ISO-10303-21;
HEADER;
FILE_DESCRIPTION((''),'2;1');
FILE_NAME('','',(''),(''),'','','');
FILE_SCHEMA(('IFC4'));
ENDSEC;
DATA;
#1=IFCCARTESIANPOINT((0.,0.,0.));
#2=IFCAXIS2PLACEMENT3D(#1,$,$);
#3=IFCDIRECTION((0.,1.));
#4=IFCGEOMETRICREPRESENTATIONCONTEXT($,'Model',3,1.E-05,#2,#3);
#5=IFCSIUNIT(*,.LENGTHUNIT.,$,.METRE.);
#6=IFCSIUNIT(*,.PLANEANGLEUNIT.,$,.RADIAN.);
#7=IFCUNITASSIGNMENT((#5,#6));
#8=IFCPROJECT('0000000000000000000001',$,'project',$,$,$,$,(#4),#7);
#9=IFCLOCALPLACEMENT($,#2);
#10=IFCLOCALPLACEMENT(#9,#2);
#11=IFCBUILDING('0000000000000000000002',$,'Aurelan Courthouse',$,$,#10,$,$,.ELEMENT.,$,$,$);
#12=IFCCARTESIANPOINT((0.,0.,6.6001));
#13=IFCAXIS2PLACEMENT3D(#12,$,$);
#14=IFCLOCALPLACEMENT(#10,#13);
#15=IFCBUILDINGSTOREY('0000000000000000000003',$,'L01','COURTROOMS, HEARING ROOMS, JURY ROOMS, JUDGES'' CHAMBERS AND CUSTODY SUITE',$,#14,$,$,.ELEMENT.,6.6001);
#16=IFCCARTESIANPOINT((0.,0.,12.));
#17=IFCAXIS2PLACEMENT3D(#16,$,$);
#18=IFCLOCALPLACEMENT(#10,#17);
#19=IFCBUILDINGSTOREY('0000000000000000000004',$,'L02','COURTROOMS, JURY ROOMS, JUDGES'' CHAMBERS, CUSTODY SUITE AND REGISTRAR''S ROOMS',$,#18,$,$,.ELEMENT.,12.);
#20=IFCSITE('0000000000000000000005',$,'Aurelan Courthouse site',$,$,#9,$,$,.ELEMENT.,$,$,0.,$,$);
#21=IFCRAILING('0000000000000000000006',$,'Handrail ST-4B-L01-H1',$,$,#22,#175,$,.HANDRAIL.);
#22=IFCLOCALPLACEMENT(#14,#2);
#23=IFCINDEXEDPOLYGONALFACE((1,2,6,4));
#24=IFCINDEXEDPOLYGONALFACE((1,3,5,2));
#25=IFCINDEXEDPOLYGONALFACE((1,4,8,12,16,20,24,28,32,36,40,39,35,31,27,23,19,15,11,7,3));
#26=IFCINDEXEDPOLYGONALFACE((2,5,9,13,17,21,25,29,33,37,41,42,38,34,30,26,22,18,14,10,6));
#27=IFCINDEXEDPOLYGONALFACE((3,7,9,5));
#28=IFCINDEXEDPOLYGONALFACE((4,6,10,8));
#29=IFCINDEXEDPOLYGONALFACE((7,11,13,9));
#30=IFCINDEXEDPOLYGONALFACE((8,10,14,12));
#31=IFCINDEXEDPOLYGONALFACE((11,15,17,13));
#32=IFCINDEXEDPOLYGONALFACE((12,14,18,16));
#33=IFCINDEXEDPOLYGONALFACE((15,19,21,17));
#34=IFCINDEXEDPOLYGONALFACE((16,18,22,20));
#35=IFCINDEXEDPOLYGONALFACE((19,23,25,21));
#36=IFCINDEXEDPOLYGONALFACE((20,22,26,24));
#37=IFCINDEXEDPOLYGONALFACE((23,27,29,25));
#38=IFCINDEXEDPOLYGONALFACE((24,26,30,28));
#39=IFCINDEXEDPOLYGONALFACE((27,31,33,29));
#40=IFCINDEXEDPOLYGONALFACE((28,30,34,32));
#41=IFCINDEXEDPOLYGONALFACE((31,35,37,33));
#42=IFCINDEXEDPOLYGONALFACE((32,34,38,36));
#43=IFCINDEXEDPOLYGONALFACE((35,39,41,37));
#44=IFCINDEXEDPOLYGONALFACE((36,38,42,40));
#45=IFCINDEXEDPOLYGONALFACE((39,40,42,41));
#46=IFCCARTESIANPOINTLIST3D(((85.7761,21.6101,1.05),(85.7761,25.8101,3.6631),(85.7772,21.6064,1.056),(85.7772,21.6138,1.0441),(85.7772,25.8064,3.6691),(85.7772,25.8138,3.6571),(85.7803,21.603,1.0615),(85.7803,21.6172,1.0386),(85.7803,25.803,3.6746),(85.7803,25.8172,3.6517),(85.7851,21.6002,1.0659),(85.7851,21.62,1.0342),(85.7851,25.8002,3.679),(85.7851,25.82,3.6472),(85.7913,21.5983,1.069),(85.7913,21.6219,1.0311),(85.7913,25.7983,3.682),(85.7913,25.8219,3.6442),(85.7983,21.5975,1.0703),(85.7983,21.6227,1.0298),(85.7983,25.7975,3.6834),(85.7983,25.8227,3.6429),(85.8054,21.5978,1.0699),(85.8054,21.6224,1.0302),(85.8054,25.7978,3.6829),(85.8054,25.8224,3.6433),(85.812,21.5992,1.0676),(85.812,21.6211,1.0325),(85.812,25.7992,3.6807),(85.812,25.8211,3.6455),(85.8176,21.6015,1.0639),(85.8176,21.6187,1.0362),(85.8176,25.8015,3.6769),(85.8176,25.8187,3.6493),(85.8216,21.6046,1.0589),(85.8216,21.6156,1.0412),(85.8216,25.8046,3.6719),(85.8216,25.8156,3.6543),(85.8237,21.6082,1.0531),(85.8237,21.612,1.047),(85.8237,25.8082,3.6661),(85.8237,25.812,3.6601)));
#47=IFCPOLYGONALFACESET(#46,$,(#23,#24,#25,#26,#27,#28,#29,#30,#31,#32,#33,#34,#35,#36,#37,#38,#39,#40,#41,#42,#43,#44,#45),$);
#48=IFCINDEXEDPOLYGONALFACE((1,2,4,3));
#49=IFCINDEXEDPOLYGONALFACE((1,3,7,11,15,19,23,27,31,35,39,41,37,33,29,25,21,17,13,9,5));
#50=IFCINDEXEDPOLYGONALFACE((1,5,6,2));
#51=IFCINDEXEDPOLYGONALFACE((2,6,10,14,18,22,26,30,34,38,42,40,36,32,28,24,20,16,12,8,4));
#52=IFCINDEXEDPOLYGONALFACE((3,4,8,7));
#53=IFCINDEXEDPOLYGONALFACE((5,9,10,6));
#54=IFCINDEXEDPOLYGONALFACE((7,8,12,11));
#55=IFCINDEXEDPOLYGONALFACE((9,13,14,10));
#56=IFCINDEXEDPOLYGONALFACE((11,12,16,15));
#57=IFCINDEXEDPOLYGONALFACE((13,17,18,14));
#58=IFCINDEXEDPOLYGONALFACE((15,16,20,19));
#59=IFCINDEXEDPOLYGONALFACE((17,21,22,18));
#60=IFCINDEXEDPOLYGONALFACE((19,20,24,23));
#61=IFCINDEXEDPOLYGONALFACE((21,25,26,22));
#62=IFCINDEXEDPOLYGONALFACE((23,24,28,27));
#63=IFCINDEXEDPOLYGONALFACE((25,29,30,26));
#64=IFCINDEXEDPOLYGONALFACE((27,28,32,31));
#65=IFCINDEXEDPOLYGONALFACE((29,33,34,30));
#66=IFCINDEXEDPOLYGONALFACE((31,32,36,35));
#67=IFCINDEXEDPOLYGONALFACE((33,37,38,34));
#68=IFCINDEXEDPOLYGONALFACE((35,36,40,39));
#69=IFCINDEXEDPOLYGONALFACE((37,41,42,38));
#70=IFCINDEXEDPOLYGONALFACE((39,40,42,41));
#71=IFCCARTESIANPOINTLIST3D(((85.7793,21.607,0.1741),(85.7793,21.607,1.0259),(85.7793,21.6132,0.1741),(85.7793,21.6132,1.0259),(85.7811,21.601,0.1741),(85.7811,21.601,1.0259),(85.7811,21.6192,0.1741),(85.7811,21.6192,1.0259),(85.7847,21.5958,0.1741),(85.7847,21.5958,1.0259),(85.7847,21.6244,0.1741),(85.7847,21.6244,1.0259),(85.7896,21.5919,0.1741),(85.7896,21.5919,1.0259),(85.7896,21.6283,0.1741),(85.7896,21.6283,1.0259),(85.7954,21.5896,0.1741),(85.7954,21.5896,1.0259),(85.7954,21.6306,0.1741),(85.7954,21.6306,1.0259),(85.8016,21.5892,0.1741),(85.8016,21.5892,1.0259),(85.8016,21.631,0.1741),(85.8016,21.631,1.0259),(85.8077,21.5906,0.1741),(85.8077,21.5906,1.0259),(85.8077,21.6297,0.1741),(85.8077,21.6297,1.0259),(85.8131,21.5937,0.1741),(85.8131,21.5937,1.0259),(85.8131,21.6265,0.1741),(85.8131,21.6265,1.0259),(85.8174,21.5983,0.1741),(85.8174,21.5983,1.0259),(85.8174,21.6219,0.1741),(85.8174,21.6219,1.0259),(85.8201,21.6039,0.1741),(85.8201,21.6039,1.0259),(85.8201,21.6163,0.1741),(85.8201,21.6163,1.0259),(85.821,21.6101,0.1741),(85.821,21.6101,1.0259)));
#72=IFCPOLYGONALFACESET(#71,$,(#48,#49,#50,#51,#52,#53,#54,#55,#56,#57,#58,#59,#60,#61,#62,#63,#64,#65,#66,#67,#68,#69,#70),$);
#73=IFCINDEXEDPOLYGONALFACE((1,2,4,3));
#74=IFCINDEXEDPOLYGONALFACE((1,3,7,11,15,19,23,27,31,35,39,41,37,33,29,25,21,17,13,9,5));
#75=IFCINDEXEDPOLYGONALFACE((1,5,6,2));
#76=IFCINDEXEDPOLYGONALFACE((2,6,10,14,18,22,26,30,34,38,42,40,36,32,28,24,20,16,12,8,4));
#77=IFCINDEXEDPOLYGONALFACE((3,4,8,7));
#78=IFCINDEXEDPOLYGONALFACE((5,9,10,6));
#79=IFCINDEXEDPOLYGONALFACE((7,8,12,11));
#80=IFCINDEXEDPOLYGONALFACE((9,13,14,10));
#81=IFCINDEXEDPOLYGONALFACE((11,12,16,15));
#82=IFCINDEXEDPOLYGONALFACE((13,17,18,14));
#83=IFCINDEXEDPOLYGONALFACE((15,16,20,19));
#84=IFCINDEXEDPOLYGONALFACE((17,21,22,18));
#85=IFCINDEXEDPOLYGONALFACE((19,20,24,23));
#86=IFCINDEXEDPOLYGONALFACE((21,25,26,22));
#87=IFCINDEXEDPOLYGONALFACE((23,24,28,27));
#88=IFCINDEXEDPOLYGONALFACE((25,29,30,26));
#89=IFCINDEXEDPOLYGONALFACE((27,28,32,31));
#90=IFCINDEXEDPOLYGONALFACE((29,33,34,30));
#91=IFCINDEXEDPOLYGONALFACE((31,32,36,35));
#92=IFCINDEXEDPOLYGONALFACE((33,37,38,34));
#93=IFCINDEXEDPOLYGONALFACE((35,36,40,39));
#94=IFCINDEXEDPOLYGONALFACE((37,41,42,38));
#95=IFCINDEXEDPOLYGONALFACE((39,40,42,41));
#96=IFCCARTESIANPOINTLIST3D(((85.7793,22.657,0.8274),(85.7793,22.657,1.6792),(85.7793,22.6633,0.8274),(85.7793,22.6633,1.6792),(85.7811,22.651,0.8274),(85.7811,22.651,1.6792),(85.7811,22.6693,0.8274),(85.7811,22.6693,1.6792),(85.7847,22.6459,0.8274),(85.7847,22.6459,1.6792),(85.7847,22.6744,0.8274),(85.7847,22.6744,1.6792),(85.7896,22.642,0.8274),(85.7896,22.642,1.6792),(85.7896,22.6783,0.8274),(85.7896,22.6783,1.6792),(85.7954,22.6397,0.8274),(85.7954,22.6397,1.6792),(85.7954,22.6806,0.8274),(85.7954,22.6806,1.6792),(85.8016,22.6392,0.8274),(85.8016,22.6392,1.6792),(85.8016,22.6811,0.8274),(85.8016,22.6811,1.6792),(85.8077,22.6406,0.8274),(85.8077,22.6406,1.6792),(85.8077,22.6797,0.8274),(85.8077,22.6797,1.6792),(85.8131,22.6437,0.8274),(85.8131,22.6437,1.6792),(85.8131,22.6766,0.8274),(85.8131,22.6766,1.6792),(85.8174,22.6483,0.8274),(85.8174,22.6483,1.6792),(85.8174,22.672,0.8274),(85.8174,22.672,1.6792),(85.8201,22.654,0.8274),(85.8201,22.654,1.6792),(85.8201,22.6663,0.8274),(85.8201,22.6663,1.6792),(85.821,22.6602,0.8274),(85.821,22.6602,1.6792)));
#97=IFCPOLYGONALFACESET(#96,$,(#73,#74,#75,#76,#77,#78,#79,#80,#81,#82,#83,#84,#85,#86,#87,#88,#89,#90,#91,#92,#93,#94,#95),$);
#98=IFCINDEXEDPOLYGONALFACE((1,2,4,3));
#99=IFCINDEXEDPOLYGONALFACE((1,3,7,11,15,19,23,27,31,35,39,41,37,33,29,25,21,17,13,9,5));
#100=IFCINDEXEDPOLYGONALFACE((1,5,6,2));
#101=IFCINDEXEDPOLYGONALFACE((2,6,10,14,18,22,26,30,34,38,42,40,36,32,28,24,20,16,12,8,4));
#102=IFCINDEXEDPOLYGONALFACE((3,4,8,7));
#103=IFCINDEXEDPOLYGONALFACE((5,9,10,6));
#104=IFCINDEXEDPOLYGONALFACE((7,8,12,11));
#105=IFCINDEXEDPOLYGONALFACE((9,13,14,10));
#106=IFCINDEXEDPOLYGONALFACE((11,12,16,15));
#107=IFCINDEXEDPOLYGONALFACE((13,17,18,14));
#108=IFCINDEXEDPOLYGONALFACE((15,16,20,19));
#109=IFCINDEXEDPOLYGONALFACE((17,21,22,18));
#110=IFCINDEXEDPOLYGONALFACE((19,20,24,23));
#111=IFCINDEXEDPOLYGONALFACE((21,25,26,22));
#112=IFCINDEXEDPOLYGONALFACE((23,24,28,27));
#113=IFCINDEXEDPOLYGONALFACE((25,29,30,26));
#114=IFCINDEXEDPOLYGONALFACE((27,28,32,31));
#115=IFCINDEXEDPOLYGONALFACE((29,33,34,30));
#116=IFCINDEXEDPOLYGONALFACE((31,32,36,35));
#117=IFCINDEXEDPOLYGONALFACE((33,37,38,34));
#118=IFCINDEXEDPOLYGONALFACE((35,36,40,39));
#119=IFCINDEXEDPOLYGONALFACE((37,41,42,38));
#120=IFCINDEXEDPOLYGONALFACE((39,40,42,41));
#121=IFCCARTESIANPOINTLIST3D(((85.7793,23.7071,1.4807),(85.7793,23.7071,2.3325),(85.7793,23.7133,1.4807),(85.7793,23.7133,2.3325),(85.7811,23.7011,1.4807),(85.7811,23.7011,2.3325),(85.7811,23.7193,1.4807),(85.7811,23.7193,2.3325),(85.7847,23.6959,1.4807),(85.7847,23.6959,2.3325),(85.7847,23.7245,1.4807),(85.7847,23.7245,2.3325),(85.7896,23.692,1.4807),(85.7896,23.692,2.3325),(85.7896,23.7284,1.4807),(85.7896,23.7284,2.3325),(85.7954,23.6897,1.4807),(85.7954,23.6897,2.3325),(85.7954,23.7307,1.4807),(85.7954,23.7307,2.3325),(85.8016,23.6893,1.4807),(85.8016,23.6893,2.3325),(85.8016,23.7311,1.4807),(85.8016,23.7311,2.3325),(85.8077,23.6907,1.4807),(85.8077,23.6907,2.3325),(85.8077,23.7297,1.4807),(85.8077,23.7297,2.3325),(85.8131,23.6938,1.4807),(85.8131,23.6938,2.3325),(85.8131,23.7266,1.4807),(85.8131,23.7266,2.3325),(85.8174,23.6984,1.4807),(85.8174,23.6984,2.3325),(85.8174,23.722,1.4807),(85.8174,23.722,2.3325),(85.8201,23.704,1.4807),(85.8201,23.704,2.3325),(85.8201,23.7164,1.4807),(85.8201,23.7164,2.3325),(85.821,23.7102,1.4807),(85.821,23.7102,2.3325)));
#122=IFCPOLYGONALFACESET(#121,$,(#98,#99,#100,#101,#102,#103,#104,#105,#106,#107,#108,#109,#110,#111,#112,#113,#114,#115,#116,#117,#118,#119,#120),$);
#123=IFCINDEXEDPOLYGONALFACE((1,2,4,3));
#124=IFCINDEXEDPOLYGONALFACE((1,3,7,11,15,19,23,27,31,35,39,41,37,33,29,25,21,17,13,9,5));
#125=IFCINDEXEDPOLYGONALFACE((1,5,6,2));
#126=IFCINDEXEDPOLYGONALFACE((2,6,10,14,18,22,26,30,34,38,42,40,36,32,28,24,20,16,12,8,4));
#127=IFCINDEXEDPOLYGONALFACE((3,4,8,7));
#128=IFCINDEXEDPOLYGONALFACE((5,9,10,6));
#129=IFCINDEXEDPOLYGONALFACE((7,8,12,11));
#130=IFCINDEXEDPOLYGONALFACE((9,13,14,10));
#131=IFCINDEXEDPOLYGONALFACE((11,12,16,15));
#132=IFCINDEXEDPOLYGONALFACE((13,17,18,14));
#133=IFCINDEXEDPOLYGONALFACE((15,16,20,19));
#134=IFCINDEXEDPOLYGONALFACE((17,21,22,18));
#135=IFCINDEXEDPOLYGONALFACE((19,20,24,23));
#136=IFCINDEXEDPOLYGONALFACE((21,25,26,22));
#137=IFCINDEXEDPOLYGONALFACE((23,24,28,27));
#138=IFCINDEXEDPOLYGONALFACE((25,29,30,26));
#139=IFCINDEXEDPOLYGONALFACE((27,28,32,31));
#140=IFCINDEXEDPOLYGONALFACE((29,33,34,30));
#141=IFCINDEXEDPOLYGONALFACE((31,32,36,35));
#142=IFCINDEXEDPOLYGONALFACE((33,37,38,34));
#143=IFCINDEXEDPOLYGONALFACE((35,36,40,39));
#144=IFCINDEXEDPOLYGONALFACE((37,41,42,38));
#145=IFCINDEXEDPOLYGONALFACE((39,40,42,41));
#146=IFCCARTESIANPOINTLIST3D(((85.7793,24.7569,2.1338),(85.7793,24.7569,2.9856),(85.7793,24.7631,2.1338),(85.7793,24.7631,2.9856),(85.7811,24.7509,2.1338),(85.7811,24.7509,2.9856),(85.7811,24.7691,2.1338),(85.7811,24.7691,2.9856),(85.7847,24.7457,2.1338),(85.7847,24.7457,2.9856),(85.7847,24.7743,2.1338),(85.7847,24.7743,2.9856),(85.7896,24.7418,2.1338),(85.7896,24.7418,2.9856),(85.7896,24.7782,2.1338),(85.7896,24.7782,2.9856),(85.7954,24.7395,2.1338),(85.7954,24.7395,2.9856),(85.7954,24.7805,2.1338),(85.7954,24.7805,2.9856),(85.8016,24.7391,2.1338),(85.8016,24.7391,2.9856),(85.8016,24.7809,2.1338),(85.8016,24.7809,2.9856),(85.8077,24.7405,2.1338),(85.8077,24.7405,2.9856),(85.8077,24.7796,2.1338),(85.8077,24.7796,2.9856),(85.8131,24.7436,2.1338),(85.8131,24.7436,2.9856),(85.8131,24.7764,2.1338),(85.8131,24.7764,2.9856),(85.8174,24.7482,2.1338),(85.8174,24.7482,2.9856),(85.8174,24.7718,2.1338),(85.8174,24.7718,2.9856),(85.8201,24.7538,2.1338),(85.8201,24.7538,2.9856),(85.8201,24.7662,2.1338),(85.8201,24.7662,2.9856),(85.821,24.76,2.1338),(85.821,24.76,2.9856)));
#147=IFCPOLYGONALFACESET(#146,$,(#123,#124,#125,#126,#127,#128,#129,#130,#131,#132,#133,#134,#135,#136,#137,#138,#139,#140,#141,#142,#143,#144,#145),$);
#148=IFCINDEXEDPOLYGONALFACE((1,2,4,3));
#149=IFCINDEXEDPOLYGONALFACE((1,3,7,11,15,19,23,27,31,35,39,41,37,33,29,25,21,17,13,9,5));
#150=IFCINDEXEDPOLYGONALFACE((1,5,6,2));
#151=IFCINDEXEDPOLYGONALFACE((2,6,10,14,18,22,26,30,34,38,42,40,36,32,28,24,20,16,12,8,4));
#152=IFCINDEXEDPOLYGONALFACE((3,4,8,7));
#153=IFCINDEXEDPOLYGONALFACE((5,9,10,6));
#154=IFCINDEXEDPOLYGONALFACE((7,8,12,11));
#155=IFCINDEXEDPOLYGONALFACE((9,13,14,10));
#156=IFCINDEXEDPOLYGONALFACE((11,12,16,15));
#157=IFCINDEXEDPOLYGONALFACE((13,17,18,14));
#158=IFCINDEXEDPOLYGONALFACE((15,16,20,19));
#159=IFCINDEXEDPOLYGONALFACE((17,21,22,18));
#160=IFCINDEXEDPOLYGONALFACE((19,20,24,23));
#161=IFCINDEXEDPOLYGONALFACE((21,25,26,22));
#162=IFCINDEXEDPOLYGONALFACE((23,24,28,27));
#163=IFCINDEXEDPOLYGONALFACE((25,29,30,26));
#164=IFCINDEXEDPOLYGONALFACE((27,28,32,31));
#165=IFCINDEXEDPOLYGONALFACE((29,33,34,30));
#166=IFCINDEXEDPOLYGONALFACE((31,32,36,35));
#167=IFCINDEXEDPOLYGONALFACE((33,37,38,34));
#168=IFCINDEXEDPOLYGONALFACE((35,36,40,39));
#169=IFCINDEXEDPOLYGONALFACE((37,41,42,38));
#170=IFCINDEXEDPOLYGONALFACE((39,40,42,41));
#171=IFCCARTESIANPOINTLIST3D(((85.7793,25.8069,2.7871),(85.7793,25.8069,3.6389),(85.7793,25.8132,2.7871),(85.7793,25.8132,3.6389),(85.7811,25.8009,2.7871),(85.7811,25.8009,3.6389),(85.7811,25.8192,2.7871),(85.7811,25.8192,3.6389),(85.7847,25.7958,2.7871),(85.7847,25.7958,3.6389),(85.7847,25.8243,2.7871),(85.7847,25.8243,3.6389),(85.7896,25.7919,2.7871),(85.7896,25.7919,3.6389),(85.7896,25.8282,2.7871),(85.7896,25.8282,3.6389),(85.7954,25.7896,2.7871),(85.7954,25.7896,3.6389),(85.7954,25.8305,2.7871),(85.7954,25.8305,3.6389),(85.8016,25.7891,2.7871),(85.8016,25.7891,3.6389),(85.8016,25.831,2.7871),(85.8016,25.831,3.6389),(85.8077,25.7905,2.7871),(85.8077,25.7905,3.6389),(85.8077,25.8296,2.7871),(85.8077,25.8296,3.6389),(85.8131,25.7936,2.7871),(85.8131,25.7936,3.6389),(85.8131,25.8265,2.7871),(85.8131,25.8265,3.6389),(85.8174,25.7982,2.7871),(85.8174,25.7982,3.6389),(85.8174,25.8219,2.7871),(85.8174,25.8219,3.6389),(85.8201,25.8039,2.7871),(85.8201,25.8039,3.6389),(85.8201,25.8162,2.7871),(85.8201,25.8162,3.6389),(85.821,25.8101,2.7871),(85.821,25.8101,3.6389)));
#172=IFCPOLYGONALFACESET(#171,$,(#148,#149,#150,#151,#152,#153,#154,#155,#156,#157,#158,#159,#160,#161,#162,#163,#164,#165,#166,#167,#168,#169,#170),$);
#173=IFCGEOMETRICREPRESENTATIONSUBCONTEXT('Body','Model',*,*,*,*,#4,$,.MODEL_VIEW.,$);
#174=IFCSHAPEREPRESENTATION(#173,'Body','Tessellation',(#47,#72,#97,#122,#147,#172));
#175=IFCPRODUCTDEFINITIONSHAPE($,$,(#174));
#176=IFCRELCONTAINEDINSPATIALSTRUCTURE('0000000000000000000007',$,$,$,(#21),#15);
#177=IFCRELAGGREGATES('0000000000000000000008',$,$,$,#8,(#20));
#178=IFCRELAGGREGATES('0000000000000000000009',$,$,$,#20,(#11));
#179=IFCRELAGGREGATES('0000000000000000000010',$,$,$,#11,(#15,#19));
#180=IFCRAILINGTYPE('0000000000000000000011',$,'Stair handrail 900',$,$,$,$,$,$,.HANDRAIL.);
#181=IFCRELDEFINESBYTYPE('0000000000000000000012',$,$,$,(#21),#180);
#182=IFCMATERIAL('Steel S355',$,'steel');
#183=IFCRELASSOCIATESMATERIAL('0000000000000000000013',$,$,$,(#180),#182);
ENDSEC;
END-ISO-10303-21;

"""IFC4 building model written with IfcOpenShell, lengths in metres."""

from ifc_helpers import new_model, si_unit, direction, frame, origin, origin_2d, place, context, subcontext, project, spatial, circle, extrude, material, type_object, element, save


model = new_model("IFC4")

# Units and contexts
model_context = context("Model", 3, precision=1e-05, world=origin(), true_north=direction((0.0, 1.0)))
body_context = subcontext(model_context, "Body", "Model", "MODEL_VIEW")
ifc_project = project(units=[si_unit("LENGTHUNIT", "METRE"), si_unit("PLANEANGLEUNIT", "RADIAN")], contexts=[model_context])

# Site, building, storey
site_placement = place(None, origin())
site = spatial("IfcSite", under=ifc_project, at=site_placement, Name="Aurelan Courthouse site", CompositionType="ELEMENT", RefElevation=0.0)
building_placement = place(site_placement, origin())
building = spatial("IfcBuilding", under=site, at=building_placement, Name="Aurelan Courthouse", CompositionType="ELEMENT")
storey_1_placement = place(building_placement, frame((0.0, 0.0, 6.6001)))
storey_1 = spatial("IfcBuildingStorey", under=building, at=storey_1_placement, Name="L01", Description="COURTROOMS, HEARING ROOMS, JURY ROOMS, JUDGES' CHAMBERS AND CUSTODY SUITE", CompositionType="ELEMENT", Elevation=6.6001)

# Shared definitions
storey_2_placement = place(building_placement, frame((0.0, 0.0, 12.0)))
storey_2 = spatial("IfcBuildingStorey", under=building, at=storey_2_placement, Name="L02", Description="COURTROOMS, JURY ROOMS, JUDGES' CHAMBERS, CUSTODY SUITE AND REGISTRAR'S ROOMS", CompositionType="ELEMENT", Elevation=12.0)

# Railing
ifc_material_1 = material(Name="Steel S355", Category="steel")
railing_type_1 = type_object("IfcRailingType", Name="Stair handrail 900", PredefinedType="HANDRAIL", material=ifc_material_1)
for number, where, name in (
    (1, (85.8, 21.6101, 0.1741), "Handrail ST-4B-L01-H1"),
):
    element("IfcRailing", number, at=place(storey_1_placement, frame(where)), inside=storey_1, type_object=railing_type_1, Name=name, PredefinedType="HANDRAIL", context=body_context, shape_type="SweptSolid", body=[
        extrude(circle(Radius=0.0239, at=origin_2d()), frame((0.0, 0.0, 0.876), z_axis=(0.0, 0.849081, 0.528263), x_axis=(-1.0, 0.0, 0.0)), (0.0, 0.0, 1.0), 4.9465),
        extrude(circle(Radius=0.021, at=origin_2d()), origin(), (0.0, 0.0, 1.0), 0.8518),
        extrude(circle(Radius=0.021, at=origin_2d()), frame((0.0, 1.05, 0.6533)), (0.0, 0.0, 1.0), 0.8518),
        extrude(circle(Radius=0.021, at=origin_2d()), frame((0.0, 2.1001, 1.3066)), (0.0, 0.0, 1.0), 0.8518),
        extrude(circle(Radius=0.021, at=origin_2d()), frame((0.0, 3.1499, 1.9597)), (0.0, 0.0, 1.0), 0.8518),
        extrude(circle(Radius=0.021, at=origin_2d()), frame((0.0, 4.2, 2.613)), (0.0, 0.0, 1.0), 0.8518),
    ])

save(model, "model.ifc")
